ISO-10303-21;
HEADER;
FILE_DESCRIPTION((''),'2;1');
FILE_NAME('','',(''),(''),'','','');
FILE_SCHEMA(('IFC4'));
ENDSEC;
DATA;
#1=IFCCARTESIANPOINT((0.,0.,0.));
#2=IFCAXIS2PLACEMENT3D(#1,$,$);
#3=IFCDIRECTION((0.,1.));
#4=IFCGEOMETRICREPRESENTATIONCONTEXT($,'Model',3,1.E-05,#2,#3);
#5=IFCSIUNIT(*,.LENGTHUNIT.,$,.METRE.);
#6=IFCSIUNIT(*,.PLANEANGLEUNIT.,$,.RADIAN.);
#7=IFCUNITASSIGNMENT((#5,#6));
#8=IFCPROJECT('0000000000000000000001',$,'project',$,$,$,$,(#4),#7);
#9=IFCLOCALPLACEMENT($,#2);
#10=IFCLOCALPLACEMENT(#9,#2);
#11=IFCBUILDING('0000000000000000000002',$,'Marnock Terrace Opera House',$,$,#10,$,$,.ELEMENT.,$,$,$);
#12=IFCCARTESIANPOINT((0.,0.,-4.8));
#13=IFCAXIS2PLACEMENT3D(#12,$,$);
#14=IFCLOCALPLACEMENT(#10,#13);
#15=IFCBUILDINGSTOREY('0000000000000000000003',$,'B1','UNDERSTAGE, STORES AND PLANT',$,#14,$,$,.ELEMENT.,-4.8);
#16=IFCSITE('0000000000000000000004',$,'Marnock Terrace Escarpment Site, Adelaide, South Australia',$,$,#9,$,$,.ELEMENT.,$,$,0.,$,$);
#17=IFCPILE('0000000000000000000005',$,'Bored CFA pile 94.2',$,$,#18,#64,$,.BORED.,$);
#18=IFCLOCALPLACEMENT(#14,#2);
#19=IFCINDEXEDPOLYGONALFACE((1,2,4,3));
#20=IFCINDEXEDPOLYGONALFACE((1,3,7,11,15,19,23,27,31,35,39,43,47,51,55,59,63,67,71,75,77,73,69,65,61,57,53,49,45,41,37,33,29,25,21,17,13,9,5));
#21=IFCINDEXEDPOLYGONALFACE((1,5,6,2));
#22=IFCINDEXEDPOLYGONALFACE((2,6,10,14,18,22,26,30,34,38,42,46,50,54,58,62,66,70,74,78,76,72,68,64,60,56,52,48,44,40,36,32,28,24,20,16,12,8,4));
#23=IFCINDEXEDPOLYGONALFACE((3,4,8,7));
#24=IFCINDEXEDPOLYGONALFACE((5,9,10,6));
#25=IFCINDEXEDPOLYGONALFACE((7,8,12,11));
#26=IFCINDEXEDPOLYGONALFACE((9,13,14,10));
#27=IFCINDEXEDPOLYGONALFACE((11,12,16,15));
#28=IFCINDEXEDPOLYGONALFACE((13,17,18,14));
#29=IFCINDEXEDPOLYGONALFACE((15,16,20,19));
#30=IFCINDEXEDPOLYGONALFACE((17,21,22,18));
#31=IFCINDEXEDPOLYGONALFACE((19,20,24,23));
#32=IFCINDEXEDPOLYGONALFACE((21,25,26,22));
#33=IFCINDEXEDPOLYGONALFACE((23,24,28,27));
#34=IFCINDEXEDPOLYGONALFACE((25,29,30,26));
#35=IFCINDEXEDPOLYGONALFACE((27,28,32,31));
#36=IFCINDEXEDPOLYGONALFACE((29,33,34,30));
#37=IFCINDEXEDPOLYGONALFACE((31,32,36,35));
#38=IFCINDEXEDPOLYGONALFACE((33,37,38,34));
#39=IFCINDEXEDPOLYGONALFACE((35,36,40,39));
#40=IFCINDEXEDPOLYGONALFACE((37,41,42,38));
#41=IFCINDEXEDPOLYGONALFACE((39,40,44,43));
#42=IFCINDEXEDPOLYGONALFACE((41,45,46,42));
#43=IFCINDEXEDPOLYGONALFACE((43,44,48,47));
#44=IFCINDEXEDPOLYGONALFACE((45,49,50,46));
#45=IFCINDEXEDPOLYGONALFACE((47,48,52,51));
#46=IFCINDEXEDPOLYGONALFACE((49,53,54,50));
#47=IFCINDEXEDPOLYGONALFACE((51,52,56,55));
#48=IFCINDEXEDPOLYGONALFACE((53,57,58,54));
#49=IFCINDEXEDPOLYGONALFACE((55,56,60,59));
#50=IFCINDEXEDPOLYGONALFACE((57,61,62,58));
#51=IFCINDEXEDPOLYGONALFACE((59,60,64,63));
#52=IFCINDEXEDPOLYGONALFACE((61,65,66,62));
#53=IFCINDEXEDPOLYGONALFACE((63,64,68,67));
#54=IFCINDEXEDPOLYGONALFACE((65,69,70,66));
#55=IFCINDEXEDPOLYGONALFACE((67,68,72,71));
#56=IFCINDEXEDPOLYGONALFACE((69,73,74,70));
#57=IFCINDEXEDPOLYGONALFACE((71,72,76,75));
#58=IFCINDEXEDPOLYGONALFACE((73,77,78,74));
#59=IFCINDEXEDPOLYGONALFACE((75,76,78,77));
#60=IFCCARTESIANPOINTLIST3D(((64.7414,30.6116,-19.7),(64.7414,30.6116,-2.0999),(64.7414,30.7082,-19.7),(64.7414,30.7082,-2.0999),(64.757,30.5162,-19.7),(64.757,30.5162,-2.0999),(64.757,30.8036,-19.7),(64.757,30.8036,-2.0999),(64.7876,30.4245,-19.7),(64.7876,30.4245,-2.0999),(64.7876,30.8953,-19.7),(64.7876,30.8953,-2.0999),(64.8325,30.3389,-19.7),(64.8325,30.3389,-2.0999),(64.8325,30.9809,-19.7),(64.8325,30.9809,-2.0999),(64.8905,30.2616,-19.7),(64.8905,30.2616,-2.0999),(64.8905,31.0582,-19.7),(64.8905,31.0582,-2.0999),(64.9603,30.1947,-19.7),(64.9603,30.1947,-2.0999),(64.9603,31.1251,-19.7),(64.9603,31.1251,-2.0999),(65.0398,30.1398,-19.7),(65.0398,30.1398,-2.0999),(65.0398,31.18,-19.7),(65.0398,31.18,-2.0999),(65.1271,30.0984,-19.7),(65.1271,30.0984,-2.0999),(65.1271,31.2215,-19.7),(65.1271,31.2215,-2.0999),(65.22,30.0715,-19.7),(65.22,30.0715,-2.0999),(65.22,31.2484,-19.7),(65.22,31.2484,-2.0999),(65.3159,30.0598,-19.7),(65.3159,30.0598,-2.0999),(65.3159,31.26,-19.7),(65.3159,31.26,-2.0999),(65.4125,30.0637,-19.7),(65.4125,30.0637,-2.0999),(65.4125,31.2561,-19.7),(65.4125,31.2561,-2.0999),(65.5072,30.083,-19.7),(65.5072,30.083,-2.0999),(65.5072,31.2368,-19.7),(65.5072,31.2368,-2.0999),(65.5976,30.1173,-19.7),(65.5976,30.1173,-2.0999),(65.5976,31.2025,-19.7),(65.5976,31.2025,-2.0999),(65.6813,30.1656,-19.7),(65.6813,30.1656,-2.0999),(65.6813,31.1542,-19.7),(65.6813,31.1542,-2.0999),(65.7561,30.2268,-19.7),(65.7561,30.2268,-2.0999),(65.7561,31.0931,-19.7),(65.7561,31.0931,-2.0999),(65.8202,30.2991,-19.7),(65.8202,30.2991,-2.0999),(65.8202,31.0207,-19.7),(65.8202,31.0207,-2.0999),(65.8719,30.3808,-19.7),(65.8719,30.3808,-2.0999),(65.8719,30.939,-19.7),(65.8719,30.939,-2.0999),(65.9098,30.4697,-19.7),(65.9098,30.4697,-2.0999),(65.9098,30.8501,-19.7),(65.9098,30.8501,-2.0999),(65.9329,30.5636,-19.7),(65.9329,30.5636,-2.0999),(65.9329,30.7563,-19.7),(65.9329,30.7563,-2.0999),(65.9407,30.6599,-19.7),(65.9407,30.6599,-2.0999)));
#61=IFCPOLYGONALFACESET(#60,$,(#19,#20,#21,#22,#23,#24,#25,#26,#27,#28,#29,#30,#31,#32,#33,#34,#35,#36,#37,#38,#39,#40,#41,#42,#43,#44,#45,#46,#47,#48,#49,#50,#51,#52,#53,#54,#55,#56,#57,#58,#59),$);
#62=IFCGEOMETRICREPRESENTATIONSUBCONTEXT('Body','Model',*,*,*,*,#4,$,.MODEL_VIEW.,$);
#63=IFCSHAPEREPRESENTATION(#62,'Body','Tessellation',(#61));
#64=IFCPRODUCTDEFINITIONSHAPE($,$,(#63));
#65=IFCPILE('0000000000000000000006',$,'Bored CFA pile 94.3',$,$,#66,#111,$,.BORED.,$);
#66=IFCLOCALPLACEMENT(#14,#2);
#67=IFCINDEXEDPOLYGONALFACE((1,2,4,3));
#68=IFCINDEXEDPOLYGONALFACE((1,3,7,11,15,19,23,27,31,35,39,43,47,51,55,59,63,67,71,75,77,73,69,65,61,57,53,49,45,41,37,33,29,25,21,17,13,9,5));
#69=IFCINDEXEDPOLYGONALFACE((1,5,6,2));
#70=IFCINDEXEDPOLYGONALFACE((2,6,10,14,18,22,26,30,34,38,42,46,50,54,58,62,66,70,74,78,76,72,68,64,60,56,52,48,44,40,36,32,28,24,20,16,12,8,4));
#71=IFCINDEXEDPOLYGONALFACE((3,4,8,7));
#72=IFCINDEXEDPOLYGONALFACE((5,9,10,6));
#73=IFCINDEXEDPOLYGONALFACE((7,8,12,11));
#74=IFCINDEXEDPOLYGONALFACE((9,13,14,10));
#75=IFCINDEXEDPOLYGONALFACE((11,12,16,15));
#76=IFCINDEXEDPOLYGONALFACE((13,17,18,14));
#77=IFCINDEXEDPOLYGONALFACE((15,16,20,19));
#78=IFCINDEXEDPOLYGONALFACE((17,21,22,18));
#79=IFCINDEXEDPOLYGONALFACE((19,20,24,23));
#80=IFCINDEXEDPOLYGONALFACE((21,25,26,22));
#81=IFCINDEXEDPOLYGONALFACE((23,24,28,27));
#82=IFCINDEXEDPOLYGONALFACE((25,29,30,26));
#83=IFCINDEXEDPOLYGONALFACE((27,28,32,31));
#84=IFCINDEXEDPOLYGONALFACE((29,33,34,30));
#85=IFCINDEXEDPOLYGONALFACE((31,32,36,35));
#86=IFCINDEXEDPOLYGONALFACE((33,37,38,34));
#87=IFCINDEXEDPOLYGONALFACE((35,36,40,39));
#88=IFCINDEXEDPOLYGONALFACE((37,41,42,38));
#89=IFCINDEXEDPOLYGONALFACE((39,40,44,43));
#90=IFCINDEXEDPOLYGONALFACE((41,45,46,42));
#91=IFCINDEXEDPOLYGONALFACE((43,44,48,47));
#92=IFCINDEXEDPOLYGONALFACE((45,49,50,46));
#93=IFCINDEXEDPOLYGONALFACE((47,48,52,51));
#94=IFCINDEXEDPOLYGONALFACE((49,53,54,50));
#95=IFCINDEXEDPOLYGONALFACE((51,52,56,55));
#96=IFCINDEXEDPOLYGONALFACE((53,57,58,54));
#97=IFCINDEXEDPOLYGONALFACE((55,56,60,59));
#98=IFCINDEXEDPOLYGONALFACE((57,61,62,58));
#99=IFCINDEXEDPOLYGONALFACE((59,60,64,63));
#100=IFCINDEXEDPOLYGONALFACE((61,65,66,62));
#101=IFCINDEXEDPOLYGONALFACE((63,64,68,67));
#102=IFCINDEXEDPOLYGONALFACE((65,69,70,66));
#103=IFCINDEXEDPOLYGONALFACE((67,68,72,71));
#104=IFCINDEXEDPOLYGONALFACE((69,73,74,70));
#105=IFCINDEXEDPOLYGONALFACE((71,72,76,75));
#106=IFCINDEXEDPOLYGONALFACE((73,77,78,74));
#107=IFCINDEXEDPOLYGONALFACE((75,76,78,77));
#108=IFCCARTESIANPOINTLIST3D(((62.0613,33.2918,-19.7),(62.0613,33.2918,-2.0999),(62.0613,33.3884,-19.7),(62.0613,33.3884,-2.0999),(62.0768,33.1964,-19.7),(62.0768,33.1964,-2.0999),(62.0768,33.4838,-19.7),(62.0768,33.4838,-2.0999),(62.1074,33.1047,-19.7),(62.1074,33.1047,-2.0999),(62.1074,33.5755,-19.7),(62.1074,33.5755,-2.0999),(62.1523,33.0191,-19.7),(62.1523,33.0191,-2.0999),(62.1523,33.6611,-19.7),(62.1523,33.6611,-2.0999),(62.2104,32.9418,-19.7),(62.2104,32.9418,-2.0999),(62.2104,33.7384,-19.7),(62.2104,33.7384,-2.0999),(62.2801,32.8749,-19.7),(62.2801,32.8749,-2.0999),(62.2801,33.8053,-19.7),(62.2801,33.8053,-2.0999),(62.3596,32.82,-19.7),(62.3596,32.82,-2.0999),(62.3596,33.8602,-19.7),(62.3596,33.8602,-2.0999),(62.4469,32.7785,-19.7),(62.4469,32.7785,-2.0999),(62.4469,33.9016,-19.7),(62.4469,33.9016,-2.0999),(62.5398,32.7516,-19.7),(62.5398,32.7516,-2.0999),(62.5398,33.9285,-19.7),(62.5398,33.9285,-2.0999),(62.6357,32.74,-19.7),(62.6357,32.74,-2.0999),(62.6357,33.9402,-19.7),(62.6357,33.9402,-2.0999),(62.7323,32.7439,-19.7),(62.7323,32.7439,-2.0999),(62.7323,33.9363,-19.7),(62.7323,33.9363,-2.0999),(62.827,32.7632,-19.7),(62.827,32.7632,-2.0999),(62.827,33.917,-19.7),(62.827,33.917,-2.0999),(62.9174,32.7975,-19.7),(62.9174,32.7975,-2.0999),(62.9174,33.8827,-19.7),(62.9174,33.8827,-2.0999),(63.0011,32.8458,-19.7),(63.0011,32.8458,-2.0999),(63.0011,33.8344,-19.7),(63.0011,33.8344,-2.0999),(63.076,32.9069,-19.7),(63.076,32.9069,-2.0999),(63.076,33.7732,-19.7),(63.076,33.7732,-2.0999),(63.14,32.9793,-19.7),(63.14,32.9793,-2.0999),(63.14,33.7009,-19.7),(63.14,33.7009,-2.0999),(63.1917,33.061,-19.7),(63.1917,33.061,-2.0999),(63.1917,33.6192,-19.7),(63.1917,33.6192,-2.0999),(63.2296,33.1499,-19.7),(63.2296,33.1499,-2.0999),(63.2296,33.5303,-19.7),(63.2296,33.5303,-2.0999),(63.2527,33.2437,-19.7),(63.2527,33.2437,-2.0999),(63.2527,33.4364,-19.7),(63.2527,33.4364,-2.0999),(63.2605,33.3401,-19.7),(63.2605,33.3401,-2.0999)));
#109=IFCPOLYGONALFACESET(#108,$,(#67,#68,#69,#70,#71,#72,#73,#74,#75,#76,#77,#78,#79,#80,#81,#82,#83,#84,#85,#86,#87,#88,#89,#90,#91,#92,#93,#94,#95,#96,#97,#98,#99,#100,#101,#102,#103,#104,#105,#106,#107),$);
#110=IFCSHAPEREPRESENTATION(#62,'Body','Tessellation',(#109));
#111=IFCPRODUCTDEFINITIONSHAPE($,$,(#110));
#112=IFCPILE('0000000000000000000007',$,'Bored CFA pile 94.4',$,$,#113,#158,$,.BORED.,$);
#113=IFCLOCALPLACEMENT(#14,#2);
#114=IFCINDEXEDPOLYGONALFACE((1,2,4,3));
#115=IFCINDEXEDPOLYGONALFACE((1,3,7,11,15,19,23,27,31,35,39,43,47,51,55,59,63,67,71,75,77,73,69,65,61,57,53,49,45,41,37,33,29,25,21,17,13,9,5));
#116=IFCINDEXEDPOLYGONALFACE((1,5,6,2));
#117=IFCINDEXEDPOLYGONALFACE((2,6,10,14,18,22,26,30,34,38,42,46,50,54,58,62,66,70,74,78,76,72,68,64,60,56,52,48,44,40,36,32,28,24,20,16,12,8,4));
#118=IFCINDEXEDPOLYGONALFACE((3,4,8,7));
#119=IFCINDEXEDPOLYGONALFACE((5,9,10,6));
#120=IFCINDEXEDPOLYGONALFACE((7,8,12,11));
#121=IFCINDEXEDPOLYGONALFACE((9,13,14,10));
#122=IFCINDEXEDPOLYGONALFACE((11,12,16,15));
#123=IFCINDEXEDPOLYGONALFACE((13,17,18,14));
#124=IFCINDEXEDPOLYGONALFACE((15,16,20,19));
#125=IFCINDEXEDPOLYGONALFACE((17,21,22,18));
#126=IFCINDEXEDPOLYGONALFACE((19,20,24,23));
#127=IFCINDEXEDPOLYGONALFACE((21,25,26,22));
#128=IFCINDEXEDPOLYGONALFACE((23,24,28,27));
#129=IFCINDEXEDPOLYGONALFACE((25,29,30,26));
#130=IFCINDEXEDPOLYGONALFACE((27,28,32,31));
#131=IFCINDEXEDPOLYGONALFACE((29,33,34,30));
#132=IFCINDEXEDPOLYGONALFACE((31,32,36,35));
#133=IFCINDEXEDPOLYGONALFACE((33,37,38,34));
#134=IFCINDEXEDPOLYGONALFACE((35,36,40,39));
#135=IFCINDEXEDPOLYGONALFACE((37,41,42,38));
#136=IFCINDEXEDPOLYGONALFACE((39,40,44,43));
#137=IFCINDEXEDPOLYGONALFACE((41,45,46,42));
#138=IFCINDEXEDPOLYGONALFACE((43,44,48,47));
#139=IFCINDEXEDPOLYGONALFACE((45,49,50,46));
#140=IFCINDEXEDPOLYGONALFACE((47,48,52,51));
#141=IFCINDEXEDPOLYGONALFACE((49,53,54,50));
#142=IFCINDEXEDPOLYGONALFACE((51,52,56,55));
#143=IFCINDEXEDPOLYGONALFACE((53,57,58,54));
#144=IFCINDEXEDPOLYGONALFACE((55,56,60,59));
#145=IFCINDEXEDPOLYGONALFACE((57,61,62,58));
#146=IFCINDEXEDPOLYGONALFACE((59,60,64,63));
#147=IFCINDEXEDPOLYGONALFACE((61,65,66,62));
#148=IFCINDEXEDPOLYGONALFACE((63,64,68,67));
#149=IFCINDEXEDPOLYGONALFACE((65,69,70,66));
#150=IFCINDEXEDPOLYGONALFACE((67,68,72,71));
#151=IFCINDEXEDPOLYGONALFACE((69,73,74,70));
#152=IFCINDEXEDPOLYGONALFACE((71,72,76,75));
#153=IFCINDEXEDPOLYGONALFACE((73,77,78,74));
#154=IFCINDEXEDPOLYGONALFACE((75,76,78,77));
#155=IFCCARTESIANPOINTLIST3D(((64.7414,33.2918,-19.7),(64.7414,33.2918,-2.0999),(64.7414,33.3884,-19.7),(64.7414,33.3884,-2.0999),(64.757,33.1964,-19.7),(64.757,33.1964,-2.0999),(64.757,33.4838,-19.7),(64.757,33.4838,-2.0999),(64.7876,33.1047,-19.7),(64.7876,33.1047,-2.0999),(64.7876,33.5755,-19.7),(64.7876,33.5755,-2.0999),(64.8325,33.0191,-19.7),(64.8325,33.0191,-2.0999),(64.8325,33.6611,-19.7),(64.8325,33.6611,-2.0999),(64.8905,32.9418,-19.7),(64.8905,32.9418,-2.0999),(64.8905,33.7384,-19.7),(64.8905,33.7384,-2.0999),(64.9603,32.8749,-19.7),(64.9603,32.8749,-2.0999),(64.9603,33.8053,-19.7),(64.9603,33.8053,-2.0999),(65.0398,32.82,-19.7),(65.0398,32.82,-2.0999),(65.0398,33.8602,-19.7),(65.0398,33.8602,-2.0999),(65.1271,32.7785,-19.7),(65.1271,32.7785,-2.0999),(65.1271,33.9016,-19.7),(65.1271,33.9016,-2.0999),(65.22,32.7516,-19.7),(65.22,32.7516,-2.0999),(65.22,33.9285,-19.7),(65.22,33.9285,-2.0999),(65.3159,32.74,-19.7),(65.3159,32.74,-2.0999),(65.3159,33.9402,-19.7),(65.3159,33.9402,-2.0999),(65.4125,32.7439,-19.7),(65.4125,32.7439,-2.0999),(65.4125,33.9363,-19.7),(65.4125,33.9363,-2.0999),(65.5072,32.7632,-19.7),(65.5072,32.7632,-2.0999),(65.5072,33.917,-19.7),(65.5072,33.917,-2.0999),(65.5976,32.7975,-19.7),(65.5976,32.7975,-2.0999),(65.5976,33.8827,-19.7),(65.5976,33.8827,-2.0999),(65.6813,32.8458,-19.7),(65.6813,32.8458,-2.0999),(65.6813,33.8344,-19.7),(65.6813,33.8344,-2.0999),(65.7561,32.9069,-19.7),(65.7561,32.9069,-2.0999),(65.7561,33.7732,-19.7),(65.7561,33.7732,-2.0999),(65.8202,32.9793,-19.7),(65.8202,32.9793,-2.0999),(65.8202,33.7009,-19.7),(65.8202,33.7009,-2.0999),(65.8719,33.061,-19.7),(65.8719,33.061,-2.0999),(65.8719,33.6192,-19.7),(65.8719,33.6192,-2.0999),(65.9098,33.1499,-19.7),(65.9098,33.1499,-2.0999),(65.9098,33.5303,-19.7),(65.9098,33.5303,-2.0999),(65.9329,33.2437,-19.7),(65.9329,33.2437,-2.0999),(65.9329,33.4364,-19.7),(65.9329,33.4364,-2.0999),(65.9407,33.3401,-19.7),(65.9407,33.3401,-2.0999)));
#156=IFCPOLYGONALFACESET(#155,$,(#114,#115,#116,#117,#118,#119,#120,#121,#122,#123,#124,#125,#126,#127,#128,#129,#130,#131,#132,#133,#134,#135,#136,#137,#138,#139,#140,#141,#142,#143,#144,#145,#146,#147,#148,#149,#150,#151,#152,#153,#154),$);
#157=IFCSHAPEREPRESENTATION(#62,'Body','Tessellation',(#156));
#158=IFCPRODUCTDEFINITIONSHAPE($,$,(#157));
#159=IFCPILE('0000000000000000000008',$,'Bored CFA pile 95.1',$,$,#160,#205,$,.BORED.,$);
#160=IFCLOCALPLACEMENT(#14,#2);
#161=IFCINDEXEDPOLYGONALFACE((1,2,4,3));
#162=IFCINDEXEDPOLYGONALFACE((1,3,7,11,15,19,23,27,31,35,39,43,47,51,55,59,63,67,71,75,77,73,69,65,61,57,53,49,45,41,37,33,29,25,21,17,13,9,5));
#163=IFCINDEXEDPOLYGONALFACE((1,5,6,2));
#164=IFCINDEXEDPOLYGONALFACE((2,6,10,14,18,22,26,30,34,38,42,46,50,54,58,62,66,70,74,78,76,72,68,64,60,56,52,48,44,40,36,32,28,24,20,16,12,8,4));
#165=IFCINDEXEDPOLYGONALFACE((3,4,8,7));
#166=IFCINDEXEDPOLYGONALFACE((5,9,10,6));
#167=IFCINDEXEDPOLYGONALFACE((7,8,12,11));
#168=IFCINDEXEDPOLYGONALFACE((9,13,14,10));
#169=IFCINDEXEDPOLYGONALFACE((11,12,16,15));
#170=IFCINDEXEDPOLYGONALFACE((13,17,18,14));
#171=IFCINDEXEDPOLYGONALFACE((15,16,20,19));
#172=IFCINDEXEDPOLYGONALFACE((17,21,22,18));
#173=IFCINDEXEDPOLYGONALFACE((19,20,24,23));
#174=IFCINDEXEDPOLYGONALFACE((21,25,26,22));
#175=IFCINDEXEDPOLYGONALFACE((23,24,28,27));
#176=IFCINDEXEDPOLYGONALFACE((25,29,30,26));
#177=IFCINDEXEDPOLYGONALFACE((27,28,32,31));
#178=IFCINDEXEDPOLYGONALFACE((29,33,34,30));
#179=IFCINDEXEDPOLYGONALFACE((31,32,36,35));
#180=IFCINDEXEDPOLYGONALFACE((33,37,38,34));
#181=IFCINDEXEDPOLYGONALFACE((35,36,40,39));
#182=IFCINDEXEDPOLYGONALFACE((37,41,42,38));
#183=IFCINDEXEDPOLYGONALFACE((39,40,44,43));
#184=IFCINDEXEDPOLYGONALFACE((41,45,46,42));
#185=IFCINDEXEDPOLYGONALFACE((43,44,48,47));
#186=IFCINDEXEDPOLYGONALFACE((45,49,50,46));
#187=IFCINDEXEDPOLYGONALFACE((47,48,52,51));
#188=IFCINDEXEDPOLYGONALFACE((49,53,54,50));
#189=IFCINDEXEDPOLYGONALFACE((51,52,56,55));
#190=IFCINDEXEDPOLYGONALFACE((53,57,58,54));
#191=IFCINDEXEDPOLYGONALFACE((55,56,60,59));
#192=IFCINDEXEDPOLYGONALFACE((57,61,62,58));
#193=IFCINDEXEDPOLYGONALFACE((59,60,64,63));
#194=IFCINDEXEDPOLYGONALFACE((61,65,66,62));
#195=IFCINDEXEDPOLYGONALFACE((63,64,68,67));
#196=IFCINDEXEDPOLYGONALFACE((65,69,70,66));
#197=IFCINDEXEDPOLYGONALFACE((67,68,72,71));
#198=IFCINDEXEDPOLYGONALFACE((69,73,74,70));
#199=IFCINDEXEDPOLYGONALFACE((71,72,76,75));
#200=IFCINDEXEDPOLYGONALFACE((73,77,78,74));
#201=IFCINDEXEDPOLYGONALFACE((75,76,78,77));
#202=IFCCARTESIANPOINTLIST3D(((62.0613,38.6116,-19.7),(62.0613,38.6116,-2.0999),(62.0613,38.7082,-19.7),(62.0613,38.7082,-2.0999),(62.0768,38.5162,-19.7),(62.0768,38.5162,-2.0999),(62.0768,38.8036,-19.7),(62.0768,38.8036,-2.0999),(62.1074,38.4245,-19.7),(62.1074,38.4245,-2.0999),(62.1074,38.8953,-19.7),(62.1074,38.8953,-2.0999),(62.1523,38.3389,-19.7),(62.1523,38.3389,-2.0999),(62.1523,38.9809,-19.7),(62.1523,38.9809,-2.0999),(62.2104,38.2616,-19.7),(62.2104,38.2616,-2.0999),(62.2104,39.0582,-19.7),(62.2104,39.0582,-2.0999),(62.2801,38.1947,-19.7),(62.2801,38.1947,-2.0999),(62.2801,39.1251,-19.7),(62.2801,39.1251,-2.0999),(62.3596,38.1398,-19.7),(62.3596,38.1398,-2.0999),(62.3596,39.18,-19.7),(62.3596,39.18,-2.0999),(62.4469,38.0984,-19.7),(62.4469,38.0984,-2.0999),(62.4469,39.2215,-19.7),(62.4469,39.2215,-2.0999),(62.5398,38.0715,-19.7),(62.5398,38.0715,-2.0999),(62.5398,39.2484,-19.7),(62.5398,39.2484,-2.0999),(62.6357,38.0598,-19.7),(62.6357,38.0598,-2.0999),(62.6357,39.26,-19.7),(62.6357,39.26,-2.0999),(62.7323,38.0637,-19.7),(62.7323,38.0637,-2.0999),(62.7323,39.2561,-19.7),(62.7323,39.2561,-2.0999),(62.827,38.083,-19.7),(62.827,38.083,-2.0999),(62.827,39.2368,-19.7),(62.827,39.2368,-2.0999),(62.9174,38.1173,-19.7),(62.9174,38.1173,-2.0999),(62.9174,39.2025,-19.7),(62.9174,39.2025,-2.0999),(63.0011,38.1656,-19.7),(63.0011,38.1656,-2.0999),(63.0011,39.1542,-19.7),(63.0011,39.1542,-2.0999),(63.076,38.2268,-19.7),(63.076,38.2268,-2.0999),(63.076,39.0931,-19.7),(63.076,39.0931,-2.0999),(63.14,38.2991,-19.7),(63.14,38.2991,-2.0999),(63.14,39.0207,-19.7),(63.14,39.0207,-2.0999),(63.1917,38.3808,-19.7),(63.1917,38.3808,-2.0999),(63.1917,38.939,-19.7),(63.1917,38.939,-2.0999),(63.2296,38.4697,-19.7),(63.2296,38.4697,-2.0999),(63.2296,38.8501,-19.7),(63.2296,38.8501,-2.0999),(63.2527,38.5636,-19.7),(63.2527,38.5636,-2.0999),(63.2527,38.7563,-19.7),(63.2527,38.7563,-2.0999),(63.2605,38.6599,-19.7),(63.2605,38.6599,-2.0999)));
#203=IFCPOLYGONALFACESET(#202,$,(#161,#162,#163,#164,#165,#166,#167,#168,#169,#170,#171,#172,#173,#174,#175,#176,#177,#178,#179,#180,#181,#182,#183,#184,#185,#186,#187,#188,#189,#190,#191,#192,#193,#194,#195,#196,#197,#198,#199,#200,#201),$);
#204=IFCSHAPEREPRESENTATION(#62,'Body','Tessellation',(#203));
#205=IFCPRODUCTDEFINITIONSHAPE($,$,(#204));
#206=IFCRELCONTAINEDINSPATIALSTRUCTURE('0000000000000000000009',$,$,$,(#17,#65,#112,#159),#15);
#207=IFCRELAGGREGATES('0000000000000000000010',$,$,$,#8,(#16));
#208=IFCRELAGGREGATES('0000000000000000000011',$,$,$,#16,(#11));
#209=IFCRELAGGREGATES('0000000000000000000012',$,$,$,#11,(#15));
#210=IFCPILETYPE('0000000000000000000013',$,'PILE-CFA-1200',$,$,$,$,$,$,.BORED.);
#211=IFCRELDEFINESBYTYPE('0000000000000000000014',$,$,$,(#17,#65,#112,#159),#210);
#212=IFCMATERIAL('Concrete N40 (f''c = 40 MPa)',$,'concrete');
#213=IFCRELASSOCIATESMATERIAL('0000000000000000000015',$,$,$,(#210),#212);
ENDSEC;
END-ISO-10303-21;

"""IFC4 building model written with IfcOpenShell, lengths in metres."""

from ifc_helpers import new_model, si_unit, direction, frame, origin, origin_2d, place, context, subcontext, project, spatial, circle, extrude, material, material_profile, profile_set, type_object, element, save


model = new_model("IFC4")

# Units and contexts
model_context = context("Model", 3, precision=1e-05, world=origin(), true_north=direction((0.0, 1.0)))
body_context = subcontext(model_context, "Body", "Model", "MODEL_VIEW")
ifc_project = project(units=[si_unit("LENGTHUNIT", "METRE"), si_unit("PLANEANGLEUNIT", "RADIAN")], contexts=[model_context])

# Site, building, storey
site_placement = place(None, origin())
site = spatial("IfcSite", under=ifc_project, at=site_placement, Name="Marnock Terrace Escarpment Site, Adelaide, South Australia", CompositionType="ELEMENT", RefElevation=0.0)
building_placement = place(site_placement, origin())
building = spatial("IfcBuilding", under=site, at=building_placement, Name="Marnock Terrace Opera House", CompositionType="ELEMENT")
storey_placement = place(building_placement, frame((0.0, 0.0, -4.8)))
storey = spatial("IfcBuildingStorey", under=building, at=storey_placement, Name="B1", Description="UNDERSTAGE, STORES AND PLANT", CompositionType="ELEMENT", Elevation=-4.8)

# Shared definitions
ifc_material_1 = material(Name="Concrete N40 (f'c = 40 MPa)", Category="concrete")

# Piles
ifc_material_profile_1 = material_profile(ifc_material_1, circle(Radius=0.6006, at=origin_2d()))
ifc_profile_set_1 = profile_set([ifc_material_profile_1], Name="Concrete N40 (f'c = 40 MPa)")
pile_type = type_object("IfcPileType", Name="PILE-CFA-1200", PredefinedType="BORED", material=ifc_profile_set_1)
for number, where, z_axis, x_axis, name in (
    (1, (65.3401, 30.6599, -2.0999), (0.0, 0.0, -1.0), (1.0, 0.0, 0.0), "Bored CFA pile 94.2"),
    (2, (62.6599, 33.3401, -2.0999), (0.0, 0.0, -1.0), (1.0, 0.0, 0.0), "Bored CFA pile 94.3"),
    (3, (65.3401, 33.3401, -2.0999), (0.0, 0.0, -1.0), (1.0, 0.0, 0.0), "Bored CFA pile 94.4"),
    (4, (62.6599, 38.6599, -2.0999), (0.0, 0.0, -1.0), (1.0, 0.0, 0.0), "Bored CFA pile 95.1"),
):
    element("IfcPile", number, at=place(storey_placement, frame(where, z_axis=z_axis, x_axis=x_axis)), inside=storey, type_object=pile_type, Name=name, PredefinedType="BORED", context=body_context, shape_type="SweptSolid", body=[
        extrude(circle(Radius=0.6006, at=origin_2d()), origin(), (0.0, 0.0, 1.0), 17.6001),
    ])

save(model, "model.ifc")
